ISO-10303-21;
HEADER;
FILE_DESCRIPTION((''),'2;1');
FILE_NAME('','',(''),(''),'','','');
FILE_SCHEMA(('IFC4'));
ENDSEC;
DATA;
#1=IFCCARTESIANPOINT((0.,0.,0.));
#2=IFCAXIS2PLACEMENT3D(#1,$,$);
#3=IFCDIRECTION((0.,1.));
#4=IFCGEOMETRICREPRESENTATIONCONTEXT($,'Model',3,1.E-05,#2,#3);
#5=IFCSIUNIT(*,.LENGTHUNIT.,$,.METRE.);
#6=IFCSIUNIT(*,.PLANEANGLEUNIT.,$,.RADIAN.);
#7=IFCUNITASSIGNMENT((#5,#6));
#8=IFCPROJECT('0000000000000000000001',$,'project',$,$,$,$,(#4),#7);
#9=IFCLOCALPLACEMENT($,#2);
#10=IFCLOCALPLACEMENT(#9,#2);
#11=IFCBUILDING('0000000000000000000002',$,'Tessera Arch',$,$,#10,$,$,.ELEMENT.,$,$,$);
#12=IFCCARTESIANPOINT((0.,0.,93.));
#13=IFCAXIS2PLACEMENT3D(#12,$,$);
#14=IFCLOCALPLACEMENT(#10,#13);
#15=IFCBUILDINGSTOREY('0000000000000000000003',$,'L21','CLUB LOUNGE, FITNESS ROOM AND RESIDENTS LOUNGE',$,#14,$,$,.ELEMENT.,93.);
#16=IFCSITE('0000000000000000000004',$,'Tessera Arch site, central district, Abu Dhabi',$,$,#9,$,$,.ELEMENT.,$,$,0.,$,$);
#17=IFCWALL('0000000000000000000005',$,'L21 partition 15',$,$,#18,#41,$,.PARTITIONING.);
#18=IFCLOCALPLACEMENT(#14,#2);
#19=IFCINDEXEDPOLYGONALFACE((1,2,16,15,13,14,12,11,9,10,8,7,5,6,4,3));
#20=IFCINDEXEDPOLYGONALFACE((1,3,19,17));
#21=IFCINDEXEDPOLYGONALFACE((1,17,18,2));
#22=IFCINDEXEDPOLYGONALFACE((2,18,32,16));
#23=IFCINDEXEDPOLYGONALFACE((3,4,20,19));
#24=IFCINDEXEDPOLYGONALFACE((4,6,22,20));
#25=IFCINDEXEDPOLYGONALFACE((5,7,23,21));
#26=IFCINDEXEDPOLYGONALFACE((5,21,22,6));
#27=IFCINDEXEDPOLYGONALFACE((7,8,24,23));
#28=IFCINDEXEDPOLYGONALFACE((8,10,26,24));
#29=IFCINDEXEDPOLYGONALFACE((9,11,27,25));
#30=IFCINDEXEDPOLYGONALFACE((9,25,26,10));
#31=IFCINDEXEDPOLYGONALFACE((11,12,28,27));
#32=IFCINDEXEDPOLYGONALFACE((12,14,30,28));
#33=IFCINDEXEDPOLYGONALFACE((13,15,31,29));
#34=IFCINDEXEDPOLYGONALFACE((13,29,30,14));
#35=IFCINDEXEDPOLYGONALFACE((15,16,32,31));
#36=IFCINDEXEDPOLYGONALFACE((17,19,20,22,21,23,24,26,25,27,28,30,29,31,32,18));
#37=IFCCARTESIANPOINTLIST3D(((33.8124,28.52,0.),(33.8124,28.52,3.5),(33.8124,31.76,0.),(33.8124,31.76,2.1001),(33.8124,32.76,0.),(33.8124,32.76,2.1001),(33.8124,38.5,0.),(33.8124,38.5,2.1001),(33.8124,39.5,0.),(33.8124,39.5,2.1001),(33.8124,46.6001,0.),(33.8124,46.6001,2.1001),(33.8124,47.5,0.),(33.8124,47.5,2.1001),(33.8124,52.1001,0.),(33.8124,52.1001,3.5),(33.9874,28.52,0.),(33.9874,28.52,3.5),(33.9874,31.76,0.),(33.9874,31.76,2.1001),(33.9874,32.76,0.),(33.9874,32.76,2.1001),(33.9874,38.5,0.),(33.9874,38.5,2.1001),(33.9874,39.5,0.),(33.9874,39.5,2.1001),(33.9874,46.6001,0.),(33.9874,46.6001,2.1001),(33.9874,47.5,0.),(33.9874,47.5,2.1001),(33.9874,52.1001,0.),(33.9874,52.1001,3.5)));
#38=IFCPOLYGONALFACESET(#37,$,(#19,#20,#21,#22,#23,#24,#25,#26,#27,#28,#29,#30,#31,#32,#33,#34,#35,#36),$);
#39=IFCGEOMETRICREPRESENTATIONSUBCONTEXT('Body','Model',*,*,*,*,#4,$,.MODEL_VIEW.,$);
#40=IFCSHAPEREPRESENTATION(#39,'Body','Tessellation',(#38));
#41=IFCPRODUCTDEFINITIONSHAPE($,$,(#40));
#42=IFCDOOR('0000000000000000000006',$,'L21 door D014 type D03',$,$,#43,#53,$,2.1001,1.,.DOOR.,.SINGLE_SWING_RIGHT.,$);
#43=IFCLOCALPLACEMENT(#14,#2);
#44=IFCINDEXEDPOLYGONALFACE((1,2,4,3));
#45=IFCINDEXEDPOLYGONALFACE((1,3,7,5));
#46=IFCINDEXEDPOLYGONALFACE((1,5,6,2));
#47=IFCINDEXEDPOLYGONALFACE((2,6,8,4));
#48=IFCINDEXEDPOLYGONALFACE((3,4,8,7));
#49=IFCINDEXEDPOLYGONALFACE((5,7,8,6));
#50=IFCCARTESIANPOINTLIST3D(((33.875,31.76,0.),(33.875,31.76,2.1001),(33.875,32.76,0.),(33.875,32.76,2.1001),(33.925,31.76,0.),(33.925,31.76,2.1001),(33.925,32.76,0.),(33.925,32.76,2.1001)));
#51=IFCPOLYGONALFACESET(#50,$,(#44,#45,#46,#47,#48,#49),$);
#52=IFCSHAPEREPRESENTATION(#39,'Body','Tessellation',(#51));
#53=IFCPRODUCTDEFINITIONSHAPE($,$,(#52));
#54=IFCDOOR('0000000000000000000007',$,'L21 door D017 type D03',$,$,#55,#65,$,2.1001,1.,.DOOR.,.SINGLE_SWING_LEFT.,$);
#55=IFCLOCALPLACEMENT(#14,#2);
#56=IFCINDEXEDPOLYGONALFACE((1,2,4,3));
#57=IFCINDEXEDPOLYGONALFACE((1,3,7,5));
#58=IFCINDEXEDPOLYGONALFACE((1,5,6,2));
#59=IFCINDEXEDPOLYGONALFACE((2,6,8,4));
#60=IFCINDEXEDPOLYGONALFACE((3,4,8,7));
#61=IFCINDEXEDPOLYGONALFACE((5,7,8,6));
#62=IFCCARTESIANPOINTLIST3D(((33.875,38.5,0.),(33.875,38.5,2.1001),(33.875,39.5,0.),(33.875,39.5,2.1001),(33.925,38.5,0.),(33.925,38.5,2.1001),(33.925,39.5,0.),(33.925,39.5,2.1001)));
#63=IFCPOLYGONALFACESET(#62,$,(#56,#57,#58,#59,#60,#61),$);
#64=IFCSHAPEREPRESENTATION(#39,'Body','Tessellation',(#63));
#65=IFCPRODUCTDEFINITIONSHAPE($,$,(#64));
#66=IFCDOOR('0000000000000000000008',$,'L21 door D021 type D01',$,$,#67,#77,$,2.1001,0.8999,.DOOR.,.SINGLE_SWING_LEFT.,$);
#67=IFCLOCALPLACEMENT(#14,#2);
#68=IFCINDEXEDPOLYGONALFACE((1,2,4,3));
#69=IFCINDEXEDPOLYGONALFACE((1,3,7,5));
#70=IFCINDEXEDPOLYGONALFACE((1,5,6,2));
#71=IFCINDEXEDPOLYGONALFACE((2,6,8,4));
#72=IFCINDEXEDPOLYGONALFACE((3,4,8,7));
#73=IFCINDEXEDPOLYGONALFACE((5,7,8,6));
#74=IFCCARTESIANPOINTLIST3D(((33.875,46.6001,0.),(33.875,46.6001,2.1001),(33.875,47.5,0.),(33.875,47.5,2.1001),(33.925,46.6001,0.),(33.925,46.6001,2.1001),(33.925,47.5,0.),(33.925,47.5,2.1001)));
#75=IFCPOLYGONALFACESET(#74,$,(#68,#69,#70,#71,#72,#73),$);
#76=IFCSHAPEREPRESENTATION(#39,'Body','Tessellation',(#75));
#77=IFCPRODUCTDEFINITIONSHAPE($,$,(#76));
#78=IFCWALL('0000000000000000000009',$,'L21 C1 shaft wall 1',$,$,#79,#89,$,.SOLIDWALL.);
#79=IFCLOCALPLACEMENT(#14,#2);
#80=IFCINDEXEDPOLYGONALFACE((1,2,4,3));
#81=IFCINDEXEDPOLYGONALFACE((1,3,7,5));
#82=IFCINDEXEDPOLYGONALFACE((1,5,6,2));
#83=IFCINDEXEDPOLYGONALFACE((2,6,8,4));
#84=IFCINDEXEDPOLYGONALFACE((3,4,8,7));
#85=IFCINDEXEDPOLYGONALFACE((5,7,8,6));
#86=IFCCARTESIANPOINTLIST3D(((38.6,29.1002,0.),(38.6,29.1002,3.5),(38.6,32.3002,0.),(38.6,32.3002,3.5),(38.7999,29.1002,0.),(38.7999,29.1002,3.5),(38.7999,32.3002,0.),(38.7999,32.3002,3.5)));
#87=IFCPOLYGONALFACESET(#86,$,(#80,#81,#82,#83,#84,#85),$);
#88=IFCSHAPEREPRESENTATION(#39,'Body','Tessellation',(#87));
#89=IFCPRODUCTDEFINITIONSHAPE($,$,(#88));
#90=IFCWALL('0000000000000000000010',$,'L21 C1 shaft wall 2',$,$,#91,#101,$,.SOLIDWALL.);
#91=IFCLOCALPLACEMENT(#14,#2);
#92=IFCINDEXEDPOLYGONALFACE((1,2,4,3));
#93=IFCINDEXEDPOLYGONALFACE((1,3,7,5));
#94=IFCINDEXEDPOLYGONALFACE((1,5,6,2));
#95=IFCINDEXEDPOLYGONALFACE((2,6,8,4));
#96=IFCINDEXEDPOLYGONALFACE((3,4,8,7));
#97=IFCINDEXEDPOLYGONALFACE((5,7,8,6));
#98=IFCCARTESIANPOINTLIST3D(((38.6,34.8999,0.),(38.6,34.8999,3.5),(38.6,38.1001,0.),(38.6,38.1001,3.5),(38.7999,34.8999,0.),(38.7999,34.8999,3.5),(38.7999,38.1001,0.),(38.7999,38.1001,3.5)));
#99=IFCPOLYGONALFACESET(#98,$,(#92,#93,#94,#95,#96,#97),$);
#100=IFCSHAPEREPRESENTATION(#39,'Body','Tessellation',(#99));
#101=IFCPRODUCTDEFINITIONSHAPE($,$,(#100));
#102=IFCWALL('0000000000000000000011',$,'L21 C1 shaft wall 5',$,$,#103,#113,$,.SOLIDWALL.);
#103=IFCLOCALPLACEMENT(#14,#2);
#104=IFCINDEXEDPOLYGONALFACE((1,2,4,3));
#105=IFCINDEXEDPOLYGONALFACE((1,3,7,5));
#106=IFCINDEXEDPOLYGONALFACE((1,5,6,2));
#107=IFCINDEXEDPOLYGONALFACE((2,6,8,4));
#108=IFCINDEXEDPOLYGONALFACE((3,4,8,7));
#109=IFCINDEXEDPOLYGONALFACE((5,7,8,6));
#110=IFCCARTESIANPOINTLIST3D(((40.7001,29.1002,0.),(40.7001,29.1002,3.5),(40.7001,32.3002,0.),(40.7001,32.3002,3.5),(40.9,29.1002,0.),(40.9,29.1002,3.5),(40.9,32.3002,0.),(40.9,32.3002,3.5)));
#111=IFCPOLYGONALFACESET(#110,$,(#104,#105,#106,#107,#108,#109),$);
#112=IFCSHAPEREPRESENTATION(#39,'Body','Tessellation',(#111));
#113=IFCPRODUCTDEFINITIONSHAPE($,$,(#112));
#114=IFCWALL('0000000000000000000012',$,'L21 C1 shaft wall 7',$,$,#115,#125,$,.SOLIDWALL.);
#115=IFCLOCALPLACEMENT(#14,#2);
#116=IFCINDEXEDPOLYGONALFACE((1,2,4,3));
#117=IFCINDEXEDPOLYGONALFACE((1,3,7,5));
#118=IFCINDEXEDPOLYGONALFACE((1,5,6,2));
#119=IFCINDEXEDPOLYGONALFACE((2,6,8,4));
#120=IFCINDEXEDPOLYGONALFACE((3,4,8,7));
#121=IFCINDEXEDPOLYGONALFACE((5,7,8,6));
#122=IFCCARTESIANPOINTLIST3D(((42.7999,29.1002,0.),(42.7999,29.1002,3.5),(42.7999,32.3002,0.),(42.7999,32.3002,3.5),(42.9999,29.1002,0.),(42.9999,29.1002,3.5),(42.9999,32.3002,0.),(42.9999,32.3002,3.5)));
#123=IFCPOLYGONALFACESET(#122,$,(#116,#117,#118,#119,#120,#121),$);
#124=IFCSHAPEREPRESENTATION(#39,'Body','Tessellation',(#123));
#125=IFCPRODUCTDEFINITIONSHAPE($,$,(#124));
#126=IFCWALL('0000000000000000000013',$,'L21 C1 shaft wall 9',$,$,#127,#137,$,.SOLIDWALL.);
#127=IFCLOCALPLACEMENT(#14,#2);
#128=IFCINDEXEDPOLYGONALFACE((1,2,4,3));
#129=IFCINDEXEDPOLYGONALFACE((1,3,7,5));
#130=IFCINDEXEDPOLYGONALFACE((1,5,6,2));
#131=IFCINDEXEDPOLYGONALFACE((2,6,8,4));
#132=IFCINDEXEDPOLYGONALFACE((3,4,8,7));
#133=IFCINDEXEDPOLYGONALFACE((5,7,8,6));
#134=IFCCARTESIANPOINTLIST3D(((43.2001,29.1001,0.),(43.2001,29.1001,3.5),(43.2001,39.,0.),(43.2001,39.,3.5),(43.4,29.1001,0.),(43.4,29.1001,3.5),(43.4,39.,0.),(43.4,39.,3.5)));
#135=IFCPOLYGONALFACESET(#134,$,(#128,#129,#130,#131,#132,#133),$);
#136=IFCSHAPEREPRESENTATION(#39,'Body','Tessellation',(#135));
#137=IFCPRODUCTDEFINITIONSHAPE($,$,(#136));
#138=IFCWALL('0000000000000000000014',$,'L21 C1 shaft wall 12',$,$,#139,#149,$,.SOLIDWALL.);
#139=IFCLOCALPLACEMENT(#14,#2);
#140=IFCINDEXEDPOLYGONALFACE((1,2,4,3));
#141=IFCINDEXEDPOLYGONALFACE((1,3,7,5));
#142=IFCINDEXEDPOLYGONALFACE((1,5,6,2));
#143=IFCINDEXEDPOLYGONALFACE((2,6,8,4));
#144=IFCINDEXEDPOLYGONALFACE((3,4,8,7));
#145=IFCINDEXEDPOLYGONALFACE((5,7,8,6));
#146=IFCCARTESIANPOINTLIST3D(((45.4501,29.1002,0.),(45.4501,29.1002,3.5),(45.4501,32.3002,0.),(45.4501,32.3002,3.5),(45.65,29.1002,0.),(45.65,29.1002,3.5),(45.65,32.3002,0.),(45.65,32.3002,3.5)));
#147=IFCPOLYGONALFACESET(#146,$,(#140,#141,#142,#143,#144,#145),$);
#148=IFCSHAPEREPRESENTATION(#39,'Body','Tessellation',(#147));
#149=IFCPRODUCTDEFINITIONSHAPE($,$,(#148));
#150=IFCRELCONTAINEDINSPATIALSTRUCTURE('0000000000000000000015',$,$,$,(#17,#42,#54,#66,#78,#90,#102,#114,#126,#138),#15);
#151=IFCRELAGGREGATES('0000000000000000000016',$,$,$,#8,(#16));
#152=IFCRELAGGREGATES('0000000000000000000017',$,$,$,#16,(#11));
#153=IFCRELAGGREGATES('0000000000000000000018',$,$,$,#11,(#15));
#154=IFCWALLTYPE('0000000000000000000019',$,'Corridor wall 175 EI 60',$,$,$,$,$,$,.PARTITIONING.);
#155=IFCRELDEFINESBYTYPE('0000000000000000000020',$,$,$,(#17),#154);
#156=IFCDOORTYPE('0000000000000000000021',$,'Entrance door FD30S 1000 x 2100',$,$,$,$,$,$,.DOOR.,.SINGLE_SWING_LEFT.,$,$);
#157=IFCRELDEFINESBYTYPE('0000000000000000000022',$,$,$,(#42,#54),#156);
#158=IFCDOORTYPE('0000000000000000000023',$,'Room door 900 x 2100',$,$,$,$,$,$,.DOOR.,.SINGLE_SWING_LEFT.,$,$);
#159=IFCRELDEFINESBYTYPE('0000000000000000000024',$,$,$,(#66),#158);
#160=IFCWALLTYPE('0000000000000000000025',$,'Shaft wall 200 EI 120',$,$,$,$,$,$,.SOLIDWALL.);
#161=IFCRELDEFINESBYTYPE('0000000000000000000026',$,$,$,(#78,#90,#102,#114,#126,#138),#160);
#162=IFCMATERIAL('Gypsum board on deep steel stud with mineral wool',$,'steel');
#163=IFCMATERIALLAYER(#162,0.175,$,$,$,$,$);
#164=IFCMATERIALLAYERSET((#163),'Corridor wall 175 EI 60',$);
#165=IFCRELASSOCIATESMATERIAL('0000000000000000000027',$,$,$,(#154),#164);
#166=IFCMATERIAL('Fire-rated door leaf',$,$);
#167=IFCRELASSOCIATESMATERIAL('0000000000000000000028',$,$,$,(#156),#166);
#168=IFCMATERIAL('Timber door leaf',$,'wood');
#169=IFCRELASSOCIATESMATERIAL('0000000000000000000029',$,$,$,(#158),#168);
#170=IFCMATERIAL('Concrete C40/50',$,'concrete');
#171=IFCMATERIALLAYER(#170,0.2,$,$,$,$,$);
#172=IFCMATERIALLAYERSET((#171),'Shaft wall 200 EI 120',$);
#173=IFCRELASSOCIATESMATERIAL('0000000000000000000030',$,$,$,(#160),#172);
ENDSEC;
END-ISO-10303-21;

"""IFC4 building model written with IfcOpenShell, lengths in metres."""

from ifc_helpers import new_model, si_unit, direction, frame, frame_2d, origin, place, context, subcontext, project, spatial, rectangle, extrude, material, layer, layer_set, type_object, element, fill, save


model = new_model("IFC4")

# Units and contexts
model_context = context("Model", 3, precision=1e-05, world=origin(), true_north=direction((0.0, 1.0)))
body_context = subcontext(model_context, "Body", "Model", "MODEL_VIEW")
ifc_project = project(units=[si_unit("LENGTHUNIT", "METRE"), si_unit("PLANEANGLEUNIT", "RADIAN")], contexts=[model_context])

# Site, building, storey
site_placement = place(None, origin())
site = spatial("IfcSite", under=ifc_project, at=site_placement, Name="Tessera Arch site, central district, Abu Dhabi", CompositionType="ELEMENT", RefElevation=0.0)
building_placement = place(site_placement, origin())
building = spatial("IfcBuilding", under=site, at=building_placement, Name="Tessera Arch", CompositionType="ELEMENT")
storey_placement = place(building_placement, frame((0.0, 0.0, 93.0)))
storey = spatial("IfcBuildingStorey", under=building, at=storey_placement, Name="L21", Description="CLUB LOUNGE, FITNESS ROOM AND RESIDENTS LOUNGE", CompositionType="ELEMENT", Elevation=93.0)

# Shared definitions
ifc_material_1 = material(Name="Gypsum board on deep steel stud with mineral wool", Category="steel")
ifc_layer_1 = layer(ifc_material_1, 0.175)
ifc_layer_set_1 = layer_set([ifc_layer_1], Name="Corridor wall 175 EI 60")
wall_type_1 = type_object("IfcWallType", Name="Corridor wall 175 EI 60", PredefinedType="PARTITIONING", material=ifc_layer_set_1)

# Wall, openings, doors
wall_1_placement = place(storey_placement, frame((33.8999, 28.52, 0.0), z_axis=(0.0, 0.0, 1.0), x_axis=(0.0, 1.0, 0.0)))
wall_1 = element("IfcWall", 1, at=wall_1_placement, inside=storey, type_object=wall_type_1, Name="L21 partition 15", PredefinedType="PARTITIONING", context=body_context, shape_type="SweptSolid", body=[
    extrude(rectangle(XDim=23.5801, YDim=0.175, at=frame_2d((11.79, 0.0))), origin(), (0.0, 0.0, 1.0), 3.5),
])
opening_1_placement = place(wall_1_placement, frame((3.24, 0.0, 0.0)))
opening_1 = element("IfcOpeningElement", 2, at=opening_1_placement, cuts=wall_1, PredefinedType="OPENING", context=body_context, shape_type="SweptSolid", body=[
    extrude(rectangle(XDim=1.0, YDim=2.1001, at=frame_2d((0.5, 1.05))), frame((0.0, 0.0974, 0.0), z_axis=(0.0, -1.0, 0.0), x_axis=(1.0, 0.0, 0.0)), (0.0, 0.0, 1.0), 0.1951),
])
opening_2_placement = place(wall_1_placement, frame((9.98, 0.0, 0.0)))
opening_2 = element("IfcOpeningElement", 3, at=opening_2_placement, cuts=wall_1, PredefinedType="OPENING", context=body_context, shape_type="SweptSolid", body=[
    extrude(rectangle(XDim=1.0, YDim=2.1001, at=frame_2d((0.5, 1.05))), frame((0.0, 0.0974, 0.0), z_axis=(0.0, -1.0, 0.0), x_axis=(1.0, 0.0, 0.0)), (0.0, 0.0, 1.0), 0.1951),
])
opening_3_placement = place(wall_1_placement, frame((18.0801, 0.0, 0.0)))
opening_3 = element("IfcOpeningElement", 4, at=opening_3_placement, cuts=wall_1, PredefinedType="OPENING", context=body_context, shape_type="SweptSolid", body=[
    extrude(rectangle(XDim=0.8999, YDim=2.1001, at=frame_2d((0.45, 1.05))), frame((0.0, 0.0974, 0.0), z_axis=(0.0, -1.0, 0.0), x_axis=(1.0, 0.0, 0.0)), (0.0, 0.0, 1.0), 0.1951),
])
ifc_material_2 = material(Name="Fire-rated door leaf")
door_type_1 = type_object("IfcDoorType", Name="Entrance door FD30S 1000 x 2100", OperationType="SINGLE_SWING_LEFT", PredefinedType="DOOR", material=ifc_material_2)
door_1_placement = place(opening_1_placement, origin())
door_1 = element("IfcDoor", 5, at=door_1_placement, inside=storey, type_object=door_type_1, Name="L21 door D014 type D03", OperationType="SINGLE_SWING_RIGHT", OverallHeight=2.1001, OverallWidth=1.0, PredefinedType="DOOR", context=body_context, shape_type="SweptSolid", body=[
    extrude(rectangle(XDim=1.0, YDim=2.1001, at=frame_2d((0.5, 1.05))), frame((0.0, 0.0249, 0.0), z_axis=(0.0, -1.0, 0.0), x_axis=(1.0, 0.0, 0.0)), (0.0, 0.0, 1.0), 0.05),
])
fill(opening_1, door_1)
door_2_placement = place(opening_2_placement, origin())
door_2 = element("IfcDoor", 6, at=door_2_placement, inside=storey, type_object=door_type_1, Name="L21 door D017 type D03", OperationType="SINGLE_SWING_LEFT", OverallHeight=2.1001, OverallWidth=1.0, PredefinedType="DOOR", context=body_context, shape_type="SweptSolid", body=[
    extrude(rectangle(XDim=1.0, YDim=2.1001, at=frame_2d((0.5, 1.05))), frame((0.0, 0.0249, 0.0), z_axis=(0.0, -1.0, 0.0), x_axis=(1.0, 0.0, 0.0)), (0.0, 0.0, 1.0), 0.05),
])
fill(opening_2, door_2)
ifc_material_3 = material(Name="Timber door leaf", Category="wood")
door_type_2 = type_object("IfcDoorType", Name="Room door 900 x 2100", OperationType="SINGLE_SWING_LEFT", PredefinedType="DOOR", material=ifc_material_3)
door_3_placement = place(opening_3_placement, origin())
door_3 = element("IfcDoor", 7, at=door_3_placement, inside=storey, type_object=door_type_2, Name="L21 door D021 type D01", OperationType="SINGLE_SWING_LEFT", OverallHeight=2.1001, OverallWidth=0.8999, PredefinedType="DOOR", context=body_context, shape_type="SweptSolid", body=[
    extrude(rectangle(XDim=0.8999, YDim=2.1001, at=frame_2d((0.45, 1.05))), frame((0.0, 0.0249, 0.0), z_axis=(0.0, -1.0, 0.0), x_axis=(1.0, 0.0, 0.0)), (0.0, 0.0, 1.0), 0.05),
])
fill(opening_3, door_3)

# Walls
ifc_material_4 = material(Name="Concrete C40/50", Category="concrete")
ifc_layer_2 = layer(ifc_material_4, 0.2)
ifc_layer_set_2 = layer_set([ifc_layer_2], Name="Shaft wall 200 EI 120")
wall_type_2 = type_object("IfcWallType", Name="Shaft wall 200 EI 120", PredefinedType="SOLIDWALL", material=ifc_layer_set_2)
wall_2_placement = place(storey_placement, frame((38.7, 29.1001, 0.0), z_axis=(0.0, 0.0, 1.0), x_axis=(0.0, 1.0, 0.0)))
element("IfcWall", 8, at=wall_2_placement, inside=storey, type_object=wall_type_2, Name="L21 C1 shaft wall 1", PredefinedType="SOLIDWALL", context=body_context, shape_type="SweptSolid", body=[
    extrude(rectangle(XDim=3.2, YDim=0.2, at=frame_2d((1.6001, 0.0))), origin(), (0.0, 0.0, 1.0), 3.5),
])
wall_3_placement = place(storey_placement, frame((38.7, 34.8999, 0.0), z_axis=(0.0, 0.0, 1.0), x_axis=(0.0, 1.0, 0.0)))
element("IfcWall", 9, at=wall_3_placement, inside=storey, type_object=wall_type_2, Name="L21 C1 shaft wall 2", PredefinedType="SOLIDWALL", context=body_context, shape_type="SweptSolid", body=[
    extrude(rectangle(XDim=3.2002, YDim=0.2, at=frame_2d((1.6001, 0.0))), origin(), (0.0, 0.0, 1.0), 3.5),
])
for number, where, z_axis, x_axis, name in (
    (10, (40.8, 29.1001, 0.0), (0.0, 0.0, 1.0), (0.0, 1.0, 0.0), "L21 C1 shaft wall 5"),
    (11, (42.8999, 29.1001, 0.0), (0.0, 0.0, 1.0), (0.0, 1.0, 0.0), "L21 C1 shaft wall 7"),
):
    element("IfcWall", number, at=place(storey_placement, frame(where, z_axis=z_axis, x_axis=x_axis)), inside=storey, type_object=wall_type_2, Name=name, PredefinedType="SOLIDWALL", context=body_context, shape_type="SweptSolid", body=[
        extrude(rectangle(XDim=3.2, YDim=0.2, at=frame_2d((1.6001, 0.0))), origin(), (0.0, 0.0, 1.0), 3.5),
    ])
wall_4_placement = place(storey_placement, frame((43.3, 29.1001, 0.0), z_axis=(0.0, 0.0, 1.0), x_axis=(0.0, 1.0, 0.0)))
element("IfcWall", 12, at=wall_4_placement, inside=storey, type_object=wall_type_2, Name="L21 C1 shaft wall 9", PredefinedType="SOLIDWALL", context=body_context, shape_type="SweptSolid", body=[
    extrude(rectangle(XDim=9.8999, YDim=0.2, at=frame_2d((4.95, 0.0))), origin(), (0.0, 0.0, 1.0), 3.5),
])
wall_5_placement = place(storey_placement, frame((45.55, 29.1001, 0.0), z_axis=(0.0, 0.0, 1.0), x_axis=(0.0, 1.0, 0.0)))
element("IfcWall", 13, at=wall_5_placement, inside=storey, type_object=wall_type_2, Name="L21 C1 shaft wall 12", PredefinedType="SOLIDWALL", context=body_context, shape_type="SweptSolid", body=[
    extrude(rectangle(XDim=3.2, YDim=0.2, at=frame_2d((1.6001, 0.0))), origin(), (0.0, 0.0, 1.0), 3.5),
])

save(model, "model.ifc")
